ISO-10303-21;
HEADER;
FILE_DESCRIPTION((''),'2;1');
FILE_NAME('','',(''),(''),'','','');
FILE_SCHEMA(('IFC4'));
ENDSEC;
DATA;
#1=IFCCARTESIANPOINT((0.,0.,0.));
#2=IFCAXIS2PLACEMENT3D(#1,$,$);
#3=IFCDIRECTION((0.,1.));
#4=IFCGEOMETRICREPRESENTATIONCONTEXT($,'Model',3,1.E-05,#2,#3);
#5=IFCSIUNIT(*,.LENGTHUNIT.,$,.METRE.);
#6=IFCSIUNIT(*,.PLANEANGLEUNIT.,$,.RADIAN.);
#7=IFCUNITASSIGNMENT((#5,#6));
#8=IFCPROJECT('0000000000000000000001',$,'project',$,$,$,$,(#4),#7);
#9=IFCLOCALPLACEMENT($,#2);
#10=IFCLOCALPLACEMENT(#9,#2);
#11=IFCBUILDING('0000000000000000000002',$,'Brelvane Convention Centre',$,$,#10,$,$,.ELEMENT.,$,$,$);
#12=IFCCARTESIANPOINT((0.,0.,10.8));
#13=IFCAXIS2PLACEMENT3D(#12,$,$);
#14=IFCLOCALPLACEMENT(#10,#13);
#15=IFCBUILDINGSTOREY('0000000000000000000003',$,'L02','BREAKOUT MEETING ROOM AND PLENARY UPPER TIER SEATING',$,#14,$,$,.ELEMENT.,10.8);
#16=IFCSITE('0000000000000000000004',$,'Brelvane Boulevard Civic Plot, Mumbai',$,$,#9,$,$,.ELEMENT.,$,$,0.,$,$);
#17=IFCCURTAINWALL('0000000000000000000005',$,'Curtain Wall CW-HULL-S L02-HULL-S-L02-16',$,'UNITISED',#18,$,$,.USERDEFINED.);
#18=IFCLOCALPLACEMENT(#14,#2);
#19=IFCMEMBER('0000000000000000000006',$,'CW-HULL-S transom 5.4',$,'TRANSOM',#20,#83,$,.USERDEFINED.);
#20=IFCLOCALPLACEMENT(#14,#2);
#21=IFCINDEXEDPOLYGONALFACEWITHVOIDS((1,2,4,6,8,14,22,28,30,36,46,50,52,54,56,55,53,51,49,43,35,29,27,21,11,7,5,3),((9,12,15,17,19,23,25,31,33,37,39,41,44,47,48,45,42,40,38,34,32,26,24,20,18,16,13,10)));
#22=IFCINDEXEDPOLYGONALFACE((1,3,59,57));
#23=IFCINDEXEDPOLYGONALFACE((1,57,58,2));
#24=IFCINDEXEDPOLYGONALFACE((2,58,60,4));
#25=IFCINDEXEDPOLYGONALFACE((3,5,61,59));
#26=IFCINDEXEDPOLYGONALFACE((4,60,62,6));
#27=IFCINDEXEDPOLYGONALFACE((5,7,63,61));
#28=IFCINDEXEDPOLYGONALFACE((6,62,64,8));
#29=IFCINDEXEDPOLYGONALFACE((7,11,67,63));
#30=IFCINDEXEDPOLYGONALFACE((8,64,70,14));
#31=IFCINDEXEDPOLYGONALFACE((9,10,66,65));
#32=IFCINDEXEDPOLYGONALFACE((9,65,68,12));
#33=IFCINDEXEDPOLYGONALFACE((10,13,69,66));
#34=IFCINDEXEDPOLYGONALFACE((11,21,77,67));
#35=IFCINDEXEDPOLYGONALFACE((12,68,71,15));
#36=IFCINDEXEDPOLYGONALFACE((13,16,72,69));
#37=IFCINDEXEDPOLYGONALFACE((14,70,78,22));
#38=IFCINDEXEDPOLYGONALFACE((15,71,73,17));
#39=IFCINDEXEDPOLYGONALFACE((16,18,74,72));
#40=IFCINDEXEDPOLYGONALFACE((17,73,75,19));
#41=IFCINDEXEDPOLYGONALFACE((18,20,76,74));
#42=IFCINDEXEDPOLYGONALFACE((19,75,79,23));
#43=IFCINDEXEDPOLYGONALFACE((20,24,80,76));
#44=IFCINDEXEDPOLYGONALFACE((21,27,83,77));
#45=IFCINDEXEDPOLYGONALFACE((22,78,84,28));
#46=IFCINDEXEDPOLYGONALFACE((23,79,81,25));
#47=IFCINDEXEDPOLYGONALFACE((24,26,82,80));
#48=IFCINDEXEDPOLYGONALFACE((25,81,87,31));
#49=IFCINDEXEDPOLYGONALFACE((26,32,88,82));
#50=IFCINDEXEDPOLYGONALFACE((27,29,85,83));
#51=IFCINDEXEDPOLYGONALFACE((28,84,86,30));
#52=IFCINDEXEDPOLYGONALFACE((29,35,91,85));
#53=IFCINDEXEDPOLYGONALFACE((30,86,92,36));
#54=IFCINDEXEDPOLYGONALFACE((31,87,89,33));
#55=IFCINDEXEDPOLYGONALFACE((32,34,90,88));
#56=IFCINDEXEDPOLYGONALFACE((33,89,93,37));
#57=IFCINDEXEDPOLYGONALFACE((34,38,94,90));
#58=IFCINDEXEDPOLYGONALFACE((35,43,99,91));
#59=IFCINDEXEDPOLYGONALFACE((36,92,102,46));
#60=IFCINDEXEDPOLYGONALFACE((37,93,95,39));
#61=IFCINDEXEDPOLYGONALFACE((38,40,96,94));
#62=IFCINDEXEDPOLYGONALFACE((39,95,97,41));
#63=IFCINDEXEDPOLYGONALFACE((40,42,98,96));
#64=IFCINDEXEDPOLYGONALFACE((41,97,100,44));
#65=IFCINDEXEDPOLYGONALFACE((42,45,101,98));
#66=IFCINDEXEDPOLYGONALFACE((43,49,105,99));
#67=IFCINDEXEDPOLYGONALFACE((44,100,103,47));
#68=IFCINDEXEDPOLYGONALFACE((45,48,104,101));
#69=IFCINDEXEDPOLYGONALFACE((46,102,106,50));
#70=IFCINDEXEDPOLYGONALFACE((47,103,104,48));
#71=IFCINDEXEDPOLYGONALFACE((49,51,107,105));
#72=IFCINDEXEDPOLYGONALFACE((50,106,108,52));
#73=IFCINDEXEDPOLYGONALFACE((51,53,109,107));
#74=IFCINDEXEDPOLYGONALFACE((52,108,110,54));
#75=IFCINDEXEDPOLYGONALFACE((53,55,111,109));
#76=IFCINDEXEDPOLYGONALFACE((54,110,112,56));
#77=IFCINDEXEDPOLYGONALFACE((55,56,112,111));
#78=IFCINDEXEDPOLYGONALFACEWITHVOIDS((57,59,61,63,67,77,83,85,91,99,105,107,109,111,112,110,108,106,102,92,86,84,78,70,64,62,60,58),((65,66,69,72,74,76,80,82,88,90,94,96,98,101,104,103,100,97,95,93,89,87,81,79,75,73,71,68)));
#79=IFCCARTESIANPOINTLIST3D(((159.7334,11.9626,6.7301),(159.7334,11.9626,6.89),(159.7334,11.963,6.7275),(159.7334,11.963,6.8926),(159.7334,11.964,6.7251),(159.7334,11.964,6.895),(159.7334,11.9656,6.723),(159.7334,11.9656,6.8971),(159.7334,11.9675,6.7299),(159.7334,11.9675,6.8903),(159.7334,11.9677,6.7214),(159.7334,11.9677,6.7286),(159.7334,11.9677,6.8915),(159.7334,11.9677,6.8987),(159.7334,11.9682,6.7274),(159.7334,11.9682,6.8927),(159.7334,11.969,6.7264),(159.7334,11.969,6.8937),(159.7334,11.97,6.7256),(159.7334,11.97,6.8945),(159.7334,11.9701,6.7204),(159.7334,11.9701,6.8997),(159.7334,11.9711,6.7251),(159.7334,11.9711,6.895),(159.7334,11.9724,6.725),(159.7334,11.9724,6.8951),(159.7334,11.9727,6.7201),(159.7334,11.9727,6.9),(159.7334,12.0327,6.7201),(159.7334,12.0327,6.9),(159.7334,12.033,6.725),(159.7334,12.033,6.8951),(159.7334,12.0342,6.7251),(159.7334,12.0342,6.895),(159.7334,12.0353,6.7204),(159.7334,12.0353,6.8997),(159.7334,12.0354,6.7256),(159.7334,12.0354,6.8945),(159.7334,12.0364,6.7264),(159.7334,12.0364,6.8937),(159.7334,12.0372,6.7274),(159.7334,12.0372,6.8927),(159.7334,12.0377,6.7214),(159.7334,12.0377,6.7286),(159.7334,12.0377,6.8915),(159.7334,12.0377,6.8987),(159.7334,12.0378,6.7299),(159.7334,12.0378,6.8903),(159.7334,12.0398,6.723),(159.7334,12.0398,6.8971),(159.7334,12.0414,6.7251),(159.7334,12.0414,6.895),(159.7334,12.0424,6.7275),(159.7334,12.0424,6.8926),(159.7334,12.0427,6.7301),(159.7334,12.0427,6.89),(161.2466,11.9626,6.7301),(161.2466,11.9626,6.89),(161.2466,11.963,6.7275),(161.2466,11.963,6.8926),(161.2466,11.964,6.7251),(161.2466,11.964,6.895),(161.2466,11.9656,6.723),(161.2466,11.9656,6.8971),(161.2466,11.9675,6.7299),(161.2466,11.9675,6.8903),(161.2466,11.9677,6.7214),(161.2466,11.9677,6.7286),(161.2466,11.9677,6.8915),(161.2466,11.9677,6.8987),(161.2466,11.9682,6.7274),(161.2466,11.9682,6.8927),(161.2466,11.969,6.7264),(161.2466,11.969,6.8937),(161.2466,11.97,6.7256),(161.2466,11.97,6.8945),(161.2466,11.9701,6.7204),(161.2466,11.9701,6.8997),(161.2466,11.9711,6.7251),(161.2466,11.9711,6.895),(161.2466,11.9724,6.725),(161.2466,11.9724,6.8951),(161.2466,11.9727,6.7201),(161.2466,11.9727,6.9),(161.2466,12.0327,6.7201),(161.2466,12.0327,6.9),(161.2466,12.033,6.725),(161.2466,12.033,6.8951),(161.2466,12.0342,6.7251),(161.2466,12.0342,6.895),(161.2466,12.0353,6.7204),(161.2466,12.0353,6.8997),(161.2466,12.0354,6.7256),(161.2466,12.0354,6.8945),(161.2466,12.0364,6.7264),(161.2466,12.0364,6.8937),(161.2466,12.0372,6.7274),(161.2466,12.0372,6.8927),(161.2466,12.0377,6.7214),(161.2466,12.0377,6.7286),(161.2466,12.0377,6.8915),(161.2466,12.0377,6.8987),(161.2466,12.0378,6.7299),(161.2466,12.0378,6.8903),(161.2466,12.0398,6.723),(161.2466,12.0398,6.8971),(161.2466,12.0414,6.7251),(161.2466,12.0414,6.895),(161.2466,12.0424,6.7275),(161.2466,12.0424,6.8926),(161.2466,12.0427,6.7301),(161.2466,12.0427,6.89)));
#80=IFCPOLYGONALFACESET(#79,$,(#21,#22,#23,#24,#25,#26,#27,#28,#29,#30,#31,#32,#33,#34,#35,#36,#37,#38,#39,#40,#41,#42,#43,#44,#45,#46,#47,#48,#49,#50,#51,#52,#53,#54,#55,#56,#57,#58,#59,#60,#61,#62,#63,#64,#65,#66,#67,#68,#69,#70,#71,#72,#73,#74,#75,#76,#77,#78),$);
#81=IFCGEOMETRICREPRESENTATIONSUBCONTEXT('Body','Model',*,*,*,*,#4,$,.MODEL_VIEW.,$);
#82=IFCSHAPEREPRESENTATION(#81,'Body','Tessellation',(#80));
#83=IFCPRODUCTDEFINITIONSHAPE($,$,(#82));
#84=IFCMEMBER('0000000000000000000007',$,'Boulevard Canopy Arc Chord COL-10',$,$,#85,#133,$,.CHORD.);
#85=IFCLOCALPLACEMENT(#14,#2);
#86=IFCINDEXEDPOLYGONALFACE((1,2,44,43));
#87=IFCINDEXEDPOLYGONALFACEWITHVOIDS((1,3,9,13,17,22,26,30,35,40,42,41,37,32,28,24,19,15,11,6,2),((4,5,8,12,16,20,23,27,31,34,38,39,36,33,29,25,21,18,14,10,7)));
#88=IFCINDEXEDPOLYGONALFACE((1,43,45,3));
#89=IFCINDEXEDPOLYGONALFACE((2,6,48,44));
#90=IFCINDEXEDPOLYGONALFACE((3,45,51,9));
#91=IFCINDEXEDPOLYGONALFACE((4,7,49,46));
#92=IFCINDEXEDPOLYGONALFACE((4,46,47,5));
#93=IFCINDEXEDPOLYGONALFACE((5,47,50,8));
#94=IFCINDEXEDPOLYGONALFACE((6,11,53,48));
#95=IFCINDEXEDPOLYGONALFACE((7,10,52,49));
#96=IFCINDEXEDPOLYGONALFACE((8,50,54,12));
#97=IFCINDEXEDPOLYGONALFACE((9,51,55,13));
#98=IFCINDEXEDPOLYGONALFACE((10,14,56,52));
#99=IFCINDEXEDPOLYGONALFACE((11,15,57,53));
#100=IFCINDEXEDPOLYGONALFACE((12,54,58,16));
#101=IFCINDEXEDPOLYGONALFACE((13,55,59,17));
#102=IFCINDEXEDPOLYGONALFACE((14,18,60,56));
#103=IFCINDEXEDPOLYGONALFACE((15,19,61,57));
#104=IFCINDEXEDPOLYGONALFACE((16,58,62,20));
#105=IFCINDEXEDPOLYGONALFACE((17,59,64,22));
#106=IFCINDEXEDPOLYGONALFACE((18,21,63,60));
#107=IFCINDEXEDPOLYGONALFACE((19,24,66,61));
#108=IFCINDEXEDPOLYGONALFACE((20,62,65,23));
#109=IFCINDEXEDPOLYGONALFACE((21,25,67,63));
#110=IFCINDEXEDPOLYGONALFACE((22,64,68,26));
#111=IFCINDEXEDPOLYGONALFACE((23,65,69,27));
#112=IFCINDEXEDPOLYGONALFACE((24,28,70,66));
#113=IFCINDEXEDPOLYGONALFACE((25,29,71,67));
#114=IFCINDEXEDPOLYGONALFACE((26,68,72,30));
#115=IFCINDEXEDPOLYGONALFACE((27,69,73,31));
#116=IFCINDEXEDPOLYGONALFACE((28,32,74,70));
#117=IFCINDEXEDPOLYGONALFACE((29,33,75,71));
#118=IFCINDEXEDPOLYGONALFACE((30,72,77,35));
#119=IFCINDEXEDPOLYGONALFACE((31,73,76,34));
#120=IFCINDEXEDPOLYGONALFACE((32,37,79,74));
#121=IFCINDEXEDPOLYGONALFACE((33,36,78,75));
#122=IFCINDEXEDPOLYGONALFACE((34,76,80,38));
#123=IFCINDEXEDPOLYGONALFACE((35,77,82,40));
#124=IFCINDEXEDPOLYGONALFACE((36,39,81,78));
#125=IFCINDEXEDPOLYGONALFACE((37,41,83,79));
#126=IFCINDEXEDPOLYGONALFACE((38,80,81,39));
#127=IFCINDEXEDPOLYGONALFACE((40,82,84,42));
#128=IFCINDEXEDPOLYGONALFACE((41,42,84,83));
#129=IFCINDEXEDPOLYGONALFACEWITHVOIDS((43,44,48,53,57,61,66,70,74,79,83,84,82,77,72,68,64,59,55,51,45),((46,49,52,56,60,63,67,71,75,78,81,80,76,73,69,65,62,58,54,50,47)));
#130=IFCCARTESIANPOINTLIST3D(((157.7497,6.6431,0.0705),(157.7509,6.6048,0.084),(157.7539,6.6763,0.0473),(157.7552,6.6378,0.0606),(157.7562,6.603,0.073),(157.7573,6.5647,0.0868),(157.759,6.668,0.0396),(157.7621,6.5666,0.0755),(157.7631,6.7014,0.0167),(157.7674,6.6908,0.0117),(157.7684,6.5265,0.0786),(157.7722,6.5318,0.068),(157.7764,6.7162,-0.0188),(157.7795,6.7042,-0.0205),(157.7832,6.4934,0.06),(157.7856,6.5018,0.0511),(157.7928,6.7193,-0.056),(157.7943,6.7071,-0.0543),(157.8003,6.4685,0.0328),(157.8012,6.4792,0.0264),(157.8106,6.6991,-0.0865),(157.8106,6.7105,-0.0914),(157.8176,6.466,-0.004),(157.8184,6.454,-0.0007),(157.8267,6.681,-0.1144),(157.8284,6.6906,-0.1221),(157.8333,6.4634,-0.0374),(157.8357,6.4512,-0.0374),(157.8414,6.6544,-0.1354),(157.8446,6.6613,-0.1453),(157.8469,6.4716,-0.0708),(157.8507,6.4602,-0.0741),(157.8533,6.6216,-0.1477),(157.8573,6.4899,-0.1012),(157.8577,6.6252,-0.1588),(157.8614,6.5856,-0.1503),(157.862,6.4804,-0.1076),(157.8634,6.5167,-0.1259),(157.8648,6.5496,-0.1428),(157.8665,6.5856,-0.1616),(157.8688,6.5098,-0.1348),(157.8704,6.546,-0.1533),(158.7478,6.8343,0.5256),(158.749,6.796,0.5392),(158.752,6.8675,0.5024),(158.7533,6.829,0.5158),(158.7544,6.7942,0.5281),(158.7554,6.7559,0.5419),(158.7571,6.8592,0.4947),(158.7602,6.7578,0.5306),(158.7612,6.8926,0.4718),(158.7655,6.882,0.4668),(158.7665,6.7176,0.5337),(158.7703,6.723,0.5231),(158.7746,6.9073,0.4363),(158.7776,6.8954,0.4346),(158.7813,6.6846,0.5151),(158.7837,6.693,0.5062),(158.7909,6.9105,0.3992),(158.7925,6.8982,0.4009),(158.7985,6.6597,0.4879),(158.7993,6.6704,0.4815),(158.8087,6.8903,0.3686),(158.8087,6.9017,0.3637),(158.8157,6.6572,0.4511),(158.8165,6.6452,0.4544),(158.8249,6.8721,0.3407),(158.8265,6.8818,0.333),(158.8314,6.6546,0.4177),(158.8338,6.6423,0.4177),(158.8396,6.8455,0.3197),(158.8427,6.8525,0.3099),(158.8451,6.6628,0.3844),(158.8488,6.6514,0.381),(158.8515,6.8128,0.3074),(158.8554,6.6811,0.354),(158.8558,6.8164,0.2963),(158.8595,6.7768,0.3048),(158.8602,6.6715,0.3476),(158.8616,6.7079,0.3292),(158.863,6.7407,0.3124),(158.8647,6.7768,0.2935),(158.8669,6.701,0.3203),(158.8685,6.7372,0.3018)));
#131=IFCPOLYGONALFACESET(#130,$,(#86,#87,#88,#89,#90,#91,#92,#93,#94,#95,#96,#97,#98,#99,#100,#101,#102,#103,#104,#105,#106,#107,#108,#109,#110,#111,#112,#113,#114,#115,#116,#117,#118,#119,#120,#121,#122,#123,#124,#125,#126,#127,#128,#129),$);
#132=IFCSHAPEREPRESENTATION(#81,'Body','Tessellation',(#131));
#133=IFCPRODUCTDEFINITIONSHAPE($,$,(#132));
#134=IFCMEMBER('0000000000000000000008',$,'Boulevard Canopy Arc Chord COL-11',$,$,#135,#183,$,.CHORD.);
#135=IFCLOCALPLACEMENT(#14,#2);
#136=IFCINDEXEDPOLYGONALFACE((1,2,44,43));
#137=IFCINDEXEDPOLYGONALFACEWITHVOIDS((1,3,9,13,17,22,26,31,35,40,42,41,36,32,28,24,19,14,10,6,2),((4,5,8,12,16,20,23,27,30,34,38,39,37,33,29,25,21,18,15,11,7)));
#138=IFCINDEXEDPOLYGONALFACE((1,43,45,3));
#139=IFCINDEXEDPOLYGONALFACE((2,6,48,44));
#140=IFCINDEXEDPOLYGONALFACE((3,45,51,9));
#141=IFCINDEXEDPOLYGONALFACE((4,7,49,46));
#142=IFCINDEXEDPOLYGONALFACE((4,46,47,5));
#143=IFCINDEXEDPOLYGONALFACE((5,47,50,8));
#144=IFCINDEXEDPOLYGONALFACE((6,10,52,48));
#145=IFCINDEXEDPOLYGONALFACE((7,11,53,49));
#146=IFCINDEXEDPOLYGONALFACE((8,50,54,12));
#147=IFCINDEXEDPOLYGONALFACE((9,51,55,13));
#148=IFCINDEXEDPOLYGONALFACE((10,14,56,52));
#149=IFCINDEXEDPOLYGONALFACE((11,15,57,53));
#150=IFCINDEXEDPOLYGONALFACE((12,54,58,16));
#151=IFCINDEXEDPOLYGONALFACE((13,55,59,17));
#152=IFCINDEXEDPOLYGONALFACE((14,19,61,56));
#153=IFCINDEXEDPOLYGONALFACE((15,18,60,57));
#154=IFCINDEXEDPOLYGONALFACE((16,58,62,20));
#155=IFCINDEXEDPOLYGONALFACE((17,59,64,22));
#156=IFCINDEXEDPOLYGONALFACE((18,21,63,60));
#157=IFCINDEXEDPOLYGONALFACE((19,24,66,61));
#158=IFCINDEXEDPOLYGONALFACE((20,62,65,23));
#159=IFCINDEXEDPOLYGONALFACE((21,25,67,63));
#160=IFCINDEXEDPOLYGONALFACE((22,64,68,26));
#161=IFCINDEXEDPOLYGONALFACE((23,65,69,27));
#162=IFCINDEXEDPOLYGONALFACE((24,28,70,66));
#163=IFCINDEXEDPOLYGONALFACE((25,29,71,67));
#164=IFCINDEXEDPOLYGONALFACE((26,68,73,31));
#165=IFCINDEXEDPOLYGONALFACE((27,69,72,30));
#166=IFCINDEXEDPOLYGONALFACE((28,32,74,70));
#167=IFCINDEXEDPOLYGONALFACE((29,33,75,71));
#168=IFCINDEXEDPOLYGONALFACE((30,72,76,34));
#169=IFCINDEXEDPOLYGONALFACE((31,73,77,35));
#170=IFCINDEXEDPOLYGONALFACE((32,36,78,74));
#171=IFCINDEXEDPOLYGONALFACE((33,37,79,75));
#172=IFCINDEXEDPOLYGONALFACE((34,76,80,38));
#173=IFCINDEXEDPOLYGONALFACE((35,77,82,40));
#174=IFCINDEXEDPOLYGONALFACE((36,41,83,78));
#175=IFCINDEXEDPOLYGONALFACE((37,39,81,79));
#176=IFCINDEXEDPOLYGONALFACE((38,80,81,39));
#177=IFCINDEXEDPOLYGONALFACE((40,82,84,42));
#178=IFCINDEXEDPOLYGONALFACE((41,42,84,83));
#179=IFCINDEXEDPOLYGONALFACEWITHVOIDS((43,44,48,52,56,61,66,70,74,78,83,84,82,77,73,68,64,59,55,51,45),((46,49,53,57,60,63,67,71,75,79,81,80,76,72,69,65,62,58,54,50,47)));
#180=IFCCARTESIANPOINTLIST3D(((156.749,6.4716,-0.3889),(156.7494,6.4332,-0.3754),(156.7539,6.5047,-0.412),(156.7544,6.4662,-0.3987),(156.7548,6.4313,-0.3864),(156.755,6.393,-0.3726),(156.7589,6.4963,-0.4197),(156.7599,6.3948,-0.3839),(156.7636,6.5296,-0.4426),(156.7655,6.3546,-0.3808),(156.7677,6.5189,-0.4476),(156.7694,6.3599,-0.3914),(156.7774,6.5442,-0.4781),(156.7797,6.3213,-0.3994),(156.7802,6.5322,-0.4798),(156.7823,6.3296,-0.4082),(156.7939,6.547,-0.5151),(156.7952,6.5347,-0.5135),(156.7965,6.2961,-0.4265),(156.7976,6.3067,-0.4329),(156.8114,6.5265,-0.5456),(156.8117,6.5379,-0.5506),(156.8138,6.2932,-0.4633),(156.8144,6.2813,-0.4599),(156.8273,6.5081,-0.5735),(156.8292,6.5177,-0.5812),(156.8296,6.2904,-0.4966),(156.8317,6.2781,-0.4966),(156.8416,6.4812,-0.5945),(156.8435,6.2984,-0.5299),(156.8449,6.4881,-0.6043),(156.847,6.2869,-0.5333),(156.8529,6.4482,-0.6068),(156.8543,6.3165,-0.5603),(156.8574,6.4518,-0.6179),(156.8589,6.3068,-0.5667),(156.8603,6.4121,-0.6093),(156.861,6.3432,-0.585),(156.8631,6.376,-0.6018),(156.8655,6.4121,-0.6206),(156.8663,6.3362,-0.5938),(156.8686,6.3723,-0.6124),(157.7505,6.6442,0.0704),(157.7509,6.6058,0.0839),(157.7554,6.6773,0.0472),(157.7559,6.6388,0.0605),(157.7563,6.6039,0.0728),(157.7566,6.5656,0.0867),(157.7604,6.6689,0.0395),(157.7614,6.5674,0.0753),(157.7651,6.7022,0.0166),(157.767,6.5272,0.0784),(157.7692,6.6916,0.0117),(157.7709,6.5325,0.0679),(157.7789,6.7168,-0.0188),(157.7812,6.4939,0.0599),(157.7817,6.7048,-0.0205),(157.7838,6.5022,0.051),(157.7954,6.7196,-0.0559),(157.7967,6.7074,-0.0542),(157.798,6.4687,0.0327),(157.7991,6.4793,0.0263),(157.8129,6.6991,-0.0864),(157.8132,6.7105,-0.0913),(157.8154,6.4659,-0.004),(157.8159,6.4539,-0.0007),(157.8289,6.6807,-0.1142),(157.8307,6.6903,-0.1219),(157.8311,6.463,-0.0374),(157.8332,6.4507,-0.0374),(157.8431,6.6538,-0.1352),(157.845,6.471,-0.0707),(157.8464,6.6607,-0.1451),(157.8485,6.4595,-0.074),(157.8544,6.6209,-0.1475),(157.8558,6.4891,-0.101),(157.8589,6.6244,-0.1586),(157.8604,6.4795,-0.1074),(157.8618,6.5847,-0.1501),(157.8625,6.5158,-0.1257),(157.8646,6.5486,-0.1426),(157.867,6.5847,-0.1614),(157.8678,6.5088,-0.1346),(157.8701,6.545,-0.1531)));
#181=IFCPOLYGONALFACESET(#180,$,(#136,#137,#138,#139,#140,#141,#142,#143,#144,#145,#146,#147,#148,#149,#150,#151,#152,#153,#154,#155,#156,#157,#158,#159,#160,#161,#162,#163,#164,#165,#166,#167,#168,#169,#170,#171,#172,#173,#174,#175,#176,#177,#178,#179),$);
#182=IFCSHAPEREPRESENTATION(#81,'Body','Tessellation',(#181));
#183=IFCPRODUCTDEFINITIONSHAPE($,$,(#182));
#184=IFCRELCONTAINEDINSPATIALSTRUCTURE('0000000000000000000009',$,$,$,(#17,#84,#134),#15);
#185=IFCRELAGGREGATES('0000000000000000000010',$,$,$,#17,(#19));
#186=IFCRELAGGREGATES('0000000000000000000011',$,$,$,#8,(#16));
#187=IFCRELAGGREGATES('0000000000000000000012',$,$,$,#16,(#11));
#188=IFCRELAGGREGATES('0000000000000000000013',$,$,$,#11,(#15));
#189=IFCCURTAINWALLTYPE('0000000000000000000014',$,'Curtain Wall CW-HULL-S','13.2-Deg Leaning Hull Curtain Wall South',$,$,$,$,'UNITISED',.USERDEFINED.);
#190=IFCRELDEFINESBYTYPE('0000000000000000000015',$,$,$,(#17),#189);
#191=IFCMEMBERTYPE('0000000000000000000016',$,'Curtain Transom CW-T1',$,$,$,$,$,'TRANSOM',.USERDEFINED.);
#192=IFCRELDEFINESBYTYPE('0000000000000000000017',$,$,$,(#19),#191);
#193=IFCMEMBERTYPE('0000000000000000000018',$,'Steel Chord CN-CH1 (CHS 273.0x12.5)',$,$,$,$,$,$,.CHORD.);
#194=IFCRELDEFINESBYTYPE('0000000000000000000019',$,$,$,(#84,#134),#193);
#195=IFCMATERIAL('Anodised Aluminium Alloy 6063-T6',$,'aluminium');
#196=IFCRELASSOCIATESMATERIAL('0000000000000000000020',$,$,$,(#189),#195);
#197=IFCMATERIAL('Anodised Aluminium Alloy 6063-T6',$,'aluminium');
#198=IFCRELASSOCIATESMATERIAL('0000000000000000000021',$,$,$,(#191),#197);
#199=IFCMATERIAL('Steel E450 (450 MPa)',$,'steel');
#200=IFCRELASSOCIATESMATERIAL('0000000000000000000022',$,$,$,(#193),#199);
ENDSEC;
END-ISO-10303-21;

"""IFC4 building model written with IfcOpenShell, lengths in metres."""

from ifc_helpers import new_model, si_unit, direction, frame, origin, origin_2d, place, context, subcontext, project, spatial, hollow_rectangle, hollow_circle, extrude, material, material_profile, profile_set, type_object, element, aggregate, save


model = new_model("IFC4")

# Units and contexts
model_context = context("Model", 3, precision=1e-05, world=origin(), true_north=direction((0.0, 1.0)))
body_context = subcontext(model_context, "Body", "Model", "MODEL_VIEW")
ifc_project = project(units=[si_unit("LENGTHUNIT", "METRE"), si_unit("PLANEANGLEUNIT", "RADIAN")], contexts=[model_context])

# Site, building, storey
site_placement = place(None, origin())
site = spatial("IfcSite", under=ifc_project, at=site_placement, Name="Brelvane Boulevard Civic Plot, Mumbai", CompositionType="ELEMENT", RefElevation=0.0)
building_placement = place(site_placement, origin())
building = spatial("IfcBuilding", under=site, at=building_placement, Name="Brelvane Convention Centre", CompositionType="ELEMENT")
storey_placement = place(building_placement, frame((0.0, 0.0, 10.8)))
storey = spatial("IfcBuildingStorey", under=building, at=storey_placement, Name="L02", Description="BREAKOUT MEETING ROOM AND PLENARY UPPER TIER SEATING", CompositionType="ELEMENT", Elevation=10.8)

# Curtain wall, member
ifc_material_1 = material(Name="Anodised Aluminium Alloy 6063-T6", Category="aluminium")
curtain_wall_type = type_object("IfcCurtainWallType", Name="Curtain Wall CW-HULL-S", Description="13.2-Deg Leaning Hull Curtain Wall South", ElementType="UNITISED", PredefinedType="USERDEFINED", material=ifc_material_1)
curtain_wall_placement = place(storey_placement, origin())
curtain_wall = element("IfcCurtainWall", 1, at=curtain_wall_placement, inside=storey, type_object=curtain_wall_type, Name="Curtain Wall CW-HULL-S L02-HULL-S-L02-16", ObjectType="UNITISED", PredefinedType="USERDEFINED")
ifc_material_2 = material(Name="Anodised Aluminium Alloy 6063-T6", Category="aluminium")
ifc_material_profile_1 = material_profile(ifc_material_2, hollow_rectangle(XDim=0.0801, YDim=0.1799, WallThickness=0.0049, InnerFilletRadius=0.0049, OuterFilletRadius=0.01, at=origin_2d()), Name="ALU-T 180x80x5.0")
ifc_profile_set_1 = profile_set([ifc_material_profile_1], Name="Anodised Aluminium Alloy 6063-T6")
member_type_1 = type_object("IfcMemberType", Name="Curtain Transom CW-T1", ElementType="TRANSOM", PredefinedType="USERDEFINED", material=ifc_profile_set_1)
member_1_placement = place(storey_placement, frame((159.7334, 12.0027, 6.8101), z_axis=(1.0, 0.0, 0.0), x_axis=(0.0, 1.0, 0.0)))
member_1 = element("IfcMember", 2, at=member_1_placement, type_object=member_type_1, Name="CW-HULL-S transom 5.4", ObjectType="TRANSOM", PredefinedType="USERDEFINED", context=body_context, shape_type="SweptSolid", body=[
    extrude(hollow_rectangle(XDim=0.0801, YDim=0.1799, WallThickness=0.0049, InnerFilletRadius=0.0049, OuterFilletRadius=0.01, at=origin_2d()), origin(), (0.0, 0.0, 1.0), 1.5132),
])

# Members
ifc_material_3 = material(Name="Steel E450 (450 MPa)", Category="steel")
ifc_material_profile_2 = material_profile(ifc_material_3, hollow_circle(Radius=0.1365, WallThickness=0.0125, at=origin_2d()), Name="CHS 273.0x12.5")
ifc_profile_set_2 = profile_set([ifc_material_profile_2], Name="Steel E450 (450 MPa)")
member_type_2 = type_object("IfcMemberType", Name="Steel Chord CN-CH1 (CHS 273.0x12.5)", PredefinedType="CHORD", material=ifc_profile_set_2)
member_2_placement = place(storey_placement, frame((158.8081, 6.7764, 0.4177), z_axis=(-0.896368, -0.171687, -0.408716), x_axis=(0.188117, -0.982147, 0.0)))
element("IfcMember", 3, at=member_2_placement, inside=storey, type_object=member_type_2, Name="Boulevard Canopy Arc Chord COL-10", PredefinedType="CHORD", context=body_context, shape_type="SweptSolid", body=[
    extrude(hollow_circle(Radius=0.1365, WallThickness=0.0125, at=origin_2d()), origin(), (0.0, 0.0, 1.0), 1.1135),
])
member_3_placement = place(storey_placement, frame((157.8101, 6.5852, -0.0374), z_axis=(-0.898034, -0.154781, -0.411799), x_axis=(0.169851, -0.98547, 0.0)))
element("IfcMember", 4, at=member_3_placement, inside=storey, type_object=member_type_2, Name="Boulevard Canopy Arc Chord COL-11", PredefinedType="CHORD", context=body_context, shape_type="SweptSolid", body=[
    extrude(hollow_circle(Radius=0.1365, WallThickness=0.0125, at=origin_2d()), origin(), (0.0, 0.0, 1.0), 1.1152),
])

aggregate(curtain_wall, [member_1])

save(model, "model.ifc")
